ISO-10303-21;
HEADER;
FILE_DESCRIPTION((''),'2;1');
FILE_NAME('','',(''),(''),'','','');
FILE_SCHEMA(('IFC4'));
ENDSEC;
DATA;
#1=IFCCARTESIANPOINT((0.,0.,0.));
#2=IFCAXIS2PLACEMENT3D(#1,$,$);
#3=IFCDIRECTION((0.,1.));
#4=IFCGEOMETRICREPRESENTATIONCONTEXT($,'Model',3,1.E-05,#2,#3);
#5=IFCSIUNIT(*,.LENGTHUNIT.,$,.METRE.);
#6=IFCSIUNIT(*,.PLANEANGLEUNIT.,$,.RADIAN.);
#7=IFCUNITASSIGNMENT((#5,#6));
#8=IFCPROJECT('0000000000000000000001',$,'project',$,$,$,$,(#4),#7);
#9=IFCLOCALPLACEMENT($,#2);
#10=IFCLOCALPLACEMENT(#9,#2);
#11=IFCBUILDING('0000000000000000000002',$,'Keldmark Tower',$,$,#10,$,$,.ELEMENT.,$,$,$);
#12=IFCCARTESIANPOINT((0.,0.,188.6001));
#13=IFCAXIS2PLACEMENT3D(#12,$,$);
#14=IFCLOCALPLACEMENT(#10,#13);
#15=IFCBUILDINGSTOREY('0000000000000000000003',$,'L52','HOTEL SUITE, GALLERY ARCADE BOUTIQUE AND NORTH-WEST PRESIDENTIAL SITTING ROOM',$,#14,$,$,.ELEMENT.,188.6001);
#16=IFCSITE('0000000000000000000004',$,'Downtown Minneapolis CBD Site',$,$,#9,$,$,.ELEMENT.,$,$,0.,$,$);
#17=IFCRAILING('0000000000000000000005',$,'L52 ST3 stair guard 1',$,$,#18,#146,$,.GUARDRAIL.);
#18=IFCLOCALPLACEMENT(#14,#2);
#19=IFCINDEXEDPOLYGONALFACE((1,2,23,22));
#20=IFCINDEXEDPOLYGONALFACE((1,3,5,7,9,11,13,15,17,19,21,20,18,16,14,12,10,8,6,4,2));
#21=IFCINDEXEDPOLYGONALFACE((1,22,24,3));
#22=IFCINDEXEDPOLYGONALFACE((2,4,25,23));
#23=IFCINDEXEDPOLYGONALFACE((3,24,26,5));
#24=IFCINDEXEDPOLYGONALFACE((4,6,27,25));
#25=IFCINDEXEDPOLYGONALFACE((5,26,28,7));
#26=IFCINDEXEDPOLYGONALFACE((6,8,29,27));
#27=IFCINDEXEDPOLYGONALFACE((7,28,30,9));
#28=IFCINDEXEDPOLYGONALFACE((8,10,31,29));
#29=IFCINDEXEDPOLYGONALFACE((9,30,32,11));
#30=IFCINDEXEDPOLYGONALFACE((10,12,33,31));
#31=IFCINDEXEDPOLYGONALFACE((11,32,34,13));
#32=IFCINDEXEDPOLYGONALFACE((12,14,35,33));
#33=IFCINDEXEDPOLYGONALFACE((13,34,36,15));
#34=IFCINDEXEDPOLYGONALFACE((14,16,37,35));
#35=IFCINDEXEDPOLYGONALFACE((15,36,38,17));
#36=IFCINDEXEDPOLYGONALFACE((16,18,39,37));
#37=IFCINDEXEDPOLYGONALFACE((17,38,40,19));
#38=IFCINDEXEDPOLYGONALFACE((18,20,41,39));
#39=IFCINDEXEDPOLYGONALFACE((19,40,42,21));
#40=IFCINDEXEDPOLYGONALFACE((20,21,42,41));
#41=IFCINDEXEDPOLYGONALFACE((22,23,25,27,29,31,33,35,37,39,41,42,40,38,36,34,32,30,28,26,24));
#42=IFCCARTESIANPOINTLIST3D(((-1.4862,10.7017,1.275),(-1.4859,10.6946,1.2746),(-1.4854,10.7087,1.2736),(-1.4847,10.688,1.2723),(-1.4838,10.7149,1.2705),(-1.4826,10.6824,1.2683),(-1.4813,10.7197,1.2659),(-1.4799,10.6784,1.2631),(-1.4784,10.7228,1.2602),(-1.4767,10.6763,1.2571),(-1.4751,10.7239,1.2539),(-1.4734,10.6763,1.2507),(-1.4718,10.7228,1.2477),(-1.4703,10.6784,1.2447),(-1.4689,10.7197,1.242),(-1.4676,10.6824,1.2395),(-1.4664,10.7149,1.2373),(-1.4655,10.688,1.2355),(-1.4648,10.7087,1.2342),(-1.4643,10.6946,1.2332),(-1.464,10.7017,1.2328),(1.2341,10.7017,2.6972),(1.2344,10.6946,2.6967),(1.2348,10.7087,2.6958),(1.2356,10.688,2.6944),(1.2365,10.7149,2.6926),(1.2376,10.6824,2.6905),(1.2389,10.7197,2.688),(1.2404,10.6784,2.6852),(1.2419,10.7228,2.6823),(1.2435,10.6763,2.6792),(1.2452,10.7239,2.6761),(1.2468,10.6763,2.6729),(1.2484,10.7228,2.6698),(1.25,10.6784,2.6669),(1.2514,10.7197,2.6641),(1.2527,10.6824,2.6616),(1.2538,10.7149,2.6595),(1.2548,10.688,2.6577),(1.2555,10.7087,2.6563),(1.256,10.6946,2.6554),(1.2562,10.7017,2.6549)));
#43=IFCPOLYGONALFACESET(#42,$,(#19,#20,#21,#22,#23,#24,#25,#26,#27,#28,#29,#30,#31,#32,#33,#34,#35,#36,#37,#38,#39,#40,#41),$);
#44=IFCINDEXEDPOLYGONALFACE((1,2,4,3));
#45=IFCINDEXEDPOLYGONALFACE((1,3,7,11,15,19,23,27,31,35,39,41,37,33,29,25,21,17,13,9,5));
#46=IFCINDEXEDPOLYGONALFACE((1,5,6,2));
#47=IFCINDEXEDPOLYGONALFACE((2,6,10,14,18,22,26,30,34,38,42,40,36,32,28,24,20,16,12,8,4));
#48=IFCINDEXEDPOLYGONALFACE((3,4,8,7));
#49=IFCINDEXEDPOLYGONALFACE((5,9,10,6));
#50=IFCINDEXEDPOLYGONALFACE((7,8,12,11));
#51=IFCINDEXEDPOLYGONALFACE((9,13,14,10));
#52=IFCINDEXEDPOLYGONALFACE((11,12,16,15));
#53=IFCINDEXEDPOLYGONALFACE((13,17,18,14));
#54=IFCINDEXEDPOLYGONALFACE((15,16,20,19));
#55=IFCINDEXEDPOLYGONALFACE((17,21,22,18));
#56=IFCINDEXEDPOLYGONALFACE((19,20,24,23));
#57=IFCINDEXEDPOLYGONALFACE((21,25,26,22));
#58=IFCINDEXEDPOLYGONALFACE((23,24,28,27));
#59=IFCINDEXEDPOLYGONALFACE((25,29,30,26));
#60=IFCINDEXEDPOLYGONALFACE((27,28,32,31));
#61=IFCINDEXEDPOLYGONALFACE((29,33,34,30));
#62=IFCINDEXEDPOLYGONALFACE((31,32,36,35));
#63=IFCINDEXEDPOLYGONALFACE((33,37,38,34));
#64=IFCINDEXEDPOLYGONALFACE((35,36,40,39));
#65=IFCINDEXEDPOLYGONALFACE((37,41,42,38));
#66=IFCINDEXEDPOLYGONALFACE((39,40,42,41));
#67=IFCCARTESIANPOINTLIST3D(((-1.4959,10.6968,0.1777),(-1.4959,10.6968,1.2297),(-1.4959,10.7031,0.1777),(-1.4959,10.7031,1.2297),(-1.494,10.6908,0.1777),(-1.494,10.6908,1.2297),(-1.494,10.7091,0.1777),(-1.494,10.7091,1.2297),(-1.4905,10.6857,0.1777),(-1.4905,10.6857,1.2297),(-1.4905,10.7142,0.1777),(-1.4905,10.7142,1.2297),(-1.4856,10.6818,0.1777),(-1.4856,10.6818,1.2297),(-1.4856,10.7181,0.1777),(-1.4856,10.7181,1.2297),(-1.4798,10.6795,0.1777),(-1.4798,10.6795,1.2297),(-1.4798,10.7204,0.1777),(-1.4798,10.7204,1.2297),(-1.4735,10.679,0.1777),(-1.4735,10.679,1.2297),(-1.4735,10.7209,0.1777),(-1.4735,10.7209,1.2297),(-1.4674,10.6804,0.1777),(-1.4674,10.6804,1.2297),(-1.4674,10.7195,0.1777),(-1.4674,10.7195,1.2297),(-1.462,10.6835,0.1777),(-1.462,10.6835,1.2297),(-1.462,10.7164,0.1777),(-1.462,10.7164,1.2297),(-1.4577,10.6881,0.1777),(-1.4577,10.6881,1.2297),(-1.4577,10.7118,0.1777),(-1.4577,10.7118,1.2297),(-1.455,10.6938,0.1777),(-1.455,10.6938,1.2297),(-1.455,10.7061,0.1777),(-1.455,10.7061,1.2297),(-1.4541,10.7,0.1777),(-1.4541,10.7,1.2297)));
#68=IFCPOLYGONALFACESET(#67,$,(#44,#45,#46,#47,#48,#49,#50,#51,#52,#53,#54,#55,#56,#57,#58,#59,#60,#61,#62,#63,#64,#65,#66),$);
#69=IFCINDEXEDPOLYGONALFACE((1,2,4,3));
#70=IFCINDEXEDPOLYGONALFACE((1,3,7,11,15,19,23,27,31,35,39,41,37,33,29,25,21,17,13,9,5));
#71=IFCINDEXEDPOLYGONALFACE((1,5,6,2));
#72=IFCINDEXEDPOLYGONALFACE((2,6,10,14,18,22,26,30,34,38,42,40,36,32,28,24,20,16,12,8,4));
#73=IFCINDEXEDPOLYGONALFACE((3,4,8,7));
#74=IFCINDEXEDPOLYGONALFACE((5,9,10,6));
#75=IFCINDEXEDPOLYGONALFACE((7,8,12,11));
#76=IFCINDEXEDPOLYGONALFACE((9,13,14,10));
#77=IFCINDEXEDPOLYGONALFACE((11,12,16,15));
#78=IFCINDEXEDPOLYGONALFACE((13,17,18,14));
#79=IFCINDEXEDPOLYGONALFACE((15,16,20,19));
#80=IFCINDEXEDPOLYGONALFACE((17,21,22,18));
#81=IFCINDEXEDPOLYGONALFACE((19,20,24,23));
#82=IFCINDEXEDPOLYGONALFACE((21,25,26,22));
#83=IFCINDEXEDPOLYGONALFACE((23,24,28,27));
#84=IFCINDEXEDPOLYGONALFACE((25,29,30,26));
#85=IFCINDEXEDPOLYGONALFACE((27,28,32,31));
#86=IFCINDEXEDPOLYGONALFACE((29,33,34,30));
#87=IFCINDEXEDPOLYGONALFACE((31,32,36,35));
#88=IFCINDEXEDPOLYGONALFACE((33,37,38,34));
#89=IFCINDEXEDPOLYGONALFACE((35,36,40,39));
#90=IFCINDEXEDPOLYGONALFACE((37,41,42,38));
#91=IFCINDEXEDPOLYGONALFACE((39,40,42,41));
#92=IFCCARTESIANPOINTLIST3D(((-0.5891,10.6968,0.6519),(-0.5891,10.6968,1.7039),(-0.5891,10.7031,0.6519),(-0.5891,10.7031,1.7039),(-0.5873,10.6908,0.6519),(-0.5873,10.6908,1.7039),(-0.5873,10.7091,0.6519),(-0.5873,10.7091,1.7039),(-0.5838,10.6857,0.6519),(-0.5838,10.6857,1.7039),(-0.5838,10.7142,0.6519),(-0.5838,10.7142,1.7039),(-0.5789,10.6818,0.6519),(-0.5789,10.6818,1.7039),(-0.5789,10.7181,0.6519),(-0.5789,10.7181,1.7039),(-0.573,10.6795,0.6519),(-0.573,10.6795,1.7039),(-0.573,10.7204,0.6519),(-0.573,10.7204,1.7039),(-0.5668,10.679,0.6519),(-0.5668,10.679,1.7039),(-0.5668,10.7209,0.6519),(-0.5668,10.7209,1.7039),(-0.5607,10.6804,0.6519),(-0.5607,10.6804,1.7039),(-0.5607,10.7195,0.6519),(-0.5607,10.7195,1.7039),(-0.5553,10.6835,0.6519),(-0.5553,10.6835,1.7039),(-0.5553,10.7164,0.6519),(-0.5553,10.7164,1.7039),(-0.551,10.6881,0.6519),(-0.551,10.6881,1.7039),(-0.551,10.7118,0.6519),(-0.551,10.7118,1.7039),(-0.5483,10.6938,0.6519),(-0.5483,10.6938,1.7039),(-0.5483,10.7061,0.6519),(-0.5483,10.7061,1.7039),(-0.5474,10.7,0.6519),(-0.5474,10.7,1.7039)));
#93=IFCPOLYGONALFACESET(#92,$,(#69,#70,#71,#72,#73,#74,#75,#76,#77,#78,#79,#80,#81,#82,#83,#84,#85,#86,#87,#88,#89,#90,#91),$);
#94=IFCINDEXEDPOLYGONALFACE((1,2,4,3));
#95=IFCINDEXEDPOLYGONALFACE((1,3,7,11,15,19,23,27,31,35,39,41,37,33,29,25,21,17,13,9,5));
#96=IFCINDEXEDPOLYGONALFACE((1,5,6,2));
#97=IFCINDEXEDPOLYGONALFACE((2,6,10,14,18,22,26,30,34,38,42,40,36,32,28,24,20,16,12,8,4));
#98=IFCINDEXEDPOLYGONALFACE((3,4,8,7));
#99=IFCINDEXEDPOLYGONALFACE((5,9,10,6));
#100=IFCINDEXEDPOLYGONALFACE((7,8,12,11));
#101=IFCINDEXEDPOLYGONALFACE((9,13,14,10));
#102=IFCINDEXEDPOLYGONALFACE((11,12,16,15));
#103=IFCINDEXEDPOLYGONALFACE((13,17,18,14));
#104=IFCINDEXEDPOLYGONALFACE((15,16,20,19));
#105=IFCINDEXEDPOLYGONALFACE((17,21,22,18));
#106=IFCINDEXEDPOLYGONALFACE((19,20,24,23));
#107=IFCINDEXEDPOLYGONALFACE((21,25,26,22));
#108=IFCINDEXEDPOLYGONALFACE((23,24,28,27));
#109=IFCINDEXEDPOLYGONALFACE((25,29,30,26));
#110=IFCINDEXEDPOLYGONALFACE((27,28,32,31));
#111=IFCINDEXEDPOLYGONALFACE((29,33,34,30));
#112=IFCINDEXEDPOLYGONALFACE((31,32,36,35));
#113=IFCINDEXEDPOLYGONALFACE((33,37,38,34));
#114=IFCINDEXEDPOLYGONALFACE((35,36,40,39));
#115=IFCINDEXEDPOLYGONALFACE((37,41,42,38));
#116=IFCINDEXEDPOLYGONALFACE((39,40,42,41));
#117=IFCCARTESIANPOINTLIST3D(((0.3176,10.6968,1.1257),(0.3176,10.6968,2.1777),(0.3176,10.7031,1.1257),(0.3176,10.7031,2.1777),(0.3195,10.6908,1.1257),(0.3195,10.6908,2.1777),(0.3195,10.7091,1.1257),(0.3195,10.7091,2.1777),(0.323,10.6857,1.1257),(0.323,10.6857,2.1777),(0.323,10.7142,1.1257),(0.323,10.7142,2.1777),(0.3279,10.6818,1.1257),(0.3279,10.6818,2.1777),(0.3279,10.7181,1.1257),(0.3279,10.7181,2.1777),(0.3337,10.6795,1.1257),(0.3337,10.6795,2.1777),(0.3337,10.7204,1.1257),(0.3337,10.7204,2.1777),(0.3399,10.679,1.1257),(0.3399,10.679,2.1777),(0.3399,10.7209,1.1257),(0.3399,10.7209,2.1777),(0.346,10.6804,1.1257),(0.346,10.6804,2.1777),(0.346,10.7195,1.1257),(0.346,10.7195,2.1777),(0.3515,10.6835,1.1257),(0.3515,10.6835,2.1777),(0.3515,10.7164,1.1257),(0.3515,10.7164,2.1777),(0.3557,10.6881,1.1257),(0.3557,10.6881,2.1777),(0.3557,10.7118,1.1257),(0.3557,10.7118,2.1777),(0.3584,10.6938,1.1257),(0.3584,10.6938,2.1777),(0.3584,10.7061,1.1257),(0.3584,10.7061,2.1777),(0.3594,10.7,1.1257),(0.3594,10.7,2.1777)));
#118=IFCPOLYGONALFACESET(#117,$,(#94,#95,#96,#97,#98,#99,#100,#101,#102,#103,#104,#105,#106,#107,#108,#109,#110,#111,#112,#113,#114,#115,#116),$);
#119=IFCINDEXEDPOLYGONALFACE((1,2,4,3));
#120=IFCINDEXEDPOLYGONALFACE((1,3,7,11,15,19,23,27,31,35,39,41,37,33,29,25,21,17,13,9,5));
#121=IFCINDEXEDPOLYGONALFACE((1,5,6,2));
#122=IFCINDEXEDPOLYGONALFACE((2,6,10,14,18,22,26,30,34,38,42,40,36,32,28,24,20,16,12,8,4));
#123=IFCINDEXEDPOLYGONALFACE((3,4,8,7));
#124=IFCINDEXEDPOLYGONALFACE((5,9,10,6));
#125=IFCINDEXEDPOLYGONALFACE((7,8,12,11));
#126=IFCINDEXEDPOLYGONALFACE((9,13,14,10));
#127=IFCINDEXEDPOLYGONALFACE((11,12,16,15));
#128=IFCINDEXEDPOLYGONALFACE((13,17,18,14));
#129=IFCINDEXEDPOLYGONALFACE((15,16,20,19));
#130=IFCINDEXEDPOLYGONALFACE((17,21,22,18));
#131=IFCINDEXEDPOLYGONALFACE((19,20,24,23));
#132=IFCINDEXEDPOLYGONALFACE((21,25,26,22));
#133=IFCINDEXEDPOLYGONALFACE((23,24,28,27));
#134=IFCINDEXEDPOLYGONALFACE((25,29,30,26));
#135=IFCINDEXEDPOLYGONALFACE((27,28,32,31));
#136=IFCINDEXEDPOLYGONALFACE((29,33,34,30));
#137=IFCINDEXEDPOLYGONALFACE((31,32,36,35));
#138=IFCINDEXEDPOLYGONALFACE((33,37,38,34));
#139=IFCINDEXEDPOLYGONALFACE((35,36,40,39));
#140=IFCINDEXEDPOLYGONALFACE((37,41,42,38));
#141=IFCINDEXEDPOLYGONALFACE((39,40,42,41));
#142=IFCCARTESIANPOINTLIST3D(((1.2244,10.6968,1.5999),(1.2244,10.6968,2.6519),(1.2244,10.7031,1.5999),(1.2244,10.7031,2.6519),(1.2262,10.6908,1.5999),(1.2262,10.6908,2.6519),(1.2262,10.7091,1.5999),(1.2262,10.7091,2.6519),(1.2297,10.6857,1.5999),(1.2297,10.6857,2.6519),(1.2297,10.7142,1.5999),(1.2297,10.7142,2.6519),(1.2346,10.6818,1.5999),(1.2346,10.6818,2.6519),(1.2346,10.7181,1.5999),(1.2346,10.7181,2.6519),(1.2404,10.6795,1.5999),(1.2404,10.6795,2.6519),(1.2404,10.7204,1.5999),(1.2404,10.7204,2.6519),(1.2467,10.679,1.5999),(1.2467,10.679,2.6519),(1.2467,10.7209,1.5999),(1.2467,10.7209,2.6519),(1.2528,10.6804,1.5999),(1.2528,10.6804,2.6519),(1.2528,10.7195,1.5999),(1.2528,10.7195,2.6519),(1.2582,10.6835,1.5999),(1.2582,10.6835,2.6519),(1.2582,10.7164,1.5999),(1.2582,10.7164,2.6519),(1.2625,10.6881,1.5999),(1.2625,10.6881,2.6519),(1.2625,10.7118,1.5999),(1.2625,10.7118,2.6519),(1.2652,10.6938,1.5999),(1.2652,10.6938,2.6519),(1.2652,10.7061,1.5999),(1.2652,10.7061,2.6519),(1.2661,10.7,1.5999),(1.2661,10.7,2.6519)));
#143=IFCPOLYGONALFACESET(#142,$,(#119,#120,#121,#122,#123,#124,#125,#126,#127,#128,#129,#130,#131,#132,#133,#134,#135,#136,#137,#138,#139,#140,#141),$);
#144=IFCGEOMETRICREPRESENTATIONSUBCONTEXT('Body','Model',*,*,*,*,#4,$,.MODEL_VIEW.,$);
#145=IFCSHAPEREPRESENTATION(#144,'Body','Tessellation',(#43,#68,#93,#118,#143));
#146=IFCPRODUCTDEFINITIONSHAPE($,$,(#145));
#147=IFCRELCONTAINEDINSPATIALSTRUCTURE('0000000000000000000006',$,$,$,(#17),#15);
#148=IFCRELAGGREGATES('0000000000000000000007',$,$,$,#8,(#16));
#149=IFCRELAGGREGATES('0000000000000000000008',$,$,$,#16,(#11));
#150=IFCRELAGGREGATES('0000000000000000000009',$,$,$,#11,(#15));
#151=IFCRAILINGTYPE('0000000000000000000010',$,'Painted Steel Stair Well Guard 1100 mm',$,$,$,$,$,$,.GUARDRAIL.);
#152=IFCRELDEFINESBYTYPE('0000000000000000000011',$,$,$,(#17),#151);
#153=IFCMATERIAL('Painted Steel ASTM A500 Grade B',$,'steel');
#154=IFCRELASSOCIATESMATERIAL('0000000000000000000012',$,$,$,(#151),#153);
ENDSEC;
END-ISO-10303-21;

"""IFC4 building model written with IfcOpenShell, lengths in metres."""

from ifc_helpers import new_model, si_unit, direction, frame, origin, origin_2d, place, context, subcontext, project, spatial, circle, extrude, material, type_object, element, save


model = new_model("IFC4")

# Units and contexts
model_context = context("Model", 3, precision=1e-05, world=origin(), true_north=direction((0.0, 1.0)))
body_context = subcontext(model_context, "Body", "Model", "MODEL_VIEW")
ifc_project = project(units=[si_unit("LENGTHUNIT", "METRE"), si_unit("PLANEANGLEUNIT", "RADIAN")], contexts=[model_context])

# Site, building, storey
site_placement = place(None, origin())
site = spatial("IfcSite", under=ifc_project, at=site_placement, Name="Downtown Minneapolis CBD Site", CompositionType="ELEMENT", RefElevation=0.0)
building_placement = place(site_placement, origin())
building = spatial("IfcBuilding", under=site, at=building_placement, Name="Keldmark Tower", CompositionType="ELEMENT")
storey_placement = place(building_placement, frame((0.0, 0.0, 188.6001)))
storey = spatial("IfcBuildingStorey", under=building, at=storey_placement, Name="L52", Description="HOTEL SUITE, GALLERY ARCADE BOUTIQUE AND NORTH-WEST PRESIDENTIAL SITTING ROOM", CompositionType="ELEMENT", Elevation=188.6001)

# Railing
ifc_material_1 = material(Name="Painted Steel ASTM A500 Grade B", Category="steel")
railing_type_1 = type_object("IfcRailingType", Name="Painted Steel Stair Well Guard 1100 mm", PredefinedType="GUARDRAIL", material=ifc_material_1)
railing_1_placement = place(storey_placement, frame((-1.4751, 10.7, 0.1777)))
element("IfcRailing", 1, at=railing_1_placement, inside=storey, type_object=railing_type_1, Name="L52 ST3 stair guard 1", PredefinedType="GUARDRAIL", context=body_context, shape_type="SweptSolid", body=[
    extrude(circle(Radius=0.0239, at=origin_2d()), frame((0.0, 0.0, 1.0762), z_axis=(0.8862, 0.0, 0.463302), x_axis=(0.0, 1.0, 0.0)), (0.0, 0.0, 1.0), 3.0696),
    extrude(circle(Radius=0.021, at=origin_2d()), origin(), (0.0, 0.0, 1.0), 1.052),
    extrude(circle(Radius=0.021, at=origin_2d()), frame((0.9067, 0.0, 0.4741)), (0.0, 0.0, 1.0), 1.052),
    extrude(circle(Radius=0.021, at=origin_2d()), frame((1.8135, 0.0, 0.948)), (0.0, 0.0, 1.0), 1.052),
    extrude(circle(Radius=0.021, at=origin_2d()), frame((2.7202, 0.0, 1.4221)), (0.0, 0.0, 1.0), 1.052),
])

save(model, "model.ifc")
